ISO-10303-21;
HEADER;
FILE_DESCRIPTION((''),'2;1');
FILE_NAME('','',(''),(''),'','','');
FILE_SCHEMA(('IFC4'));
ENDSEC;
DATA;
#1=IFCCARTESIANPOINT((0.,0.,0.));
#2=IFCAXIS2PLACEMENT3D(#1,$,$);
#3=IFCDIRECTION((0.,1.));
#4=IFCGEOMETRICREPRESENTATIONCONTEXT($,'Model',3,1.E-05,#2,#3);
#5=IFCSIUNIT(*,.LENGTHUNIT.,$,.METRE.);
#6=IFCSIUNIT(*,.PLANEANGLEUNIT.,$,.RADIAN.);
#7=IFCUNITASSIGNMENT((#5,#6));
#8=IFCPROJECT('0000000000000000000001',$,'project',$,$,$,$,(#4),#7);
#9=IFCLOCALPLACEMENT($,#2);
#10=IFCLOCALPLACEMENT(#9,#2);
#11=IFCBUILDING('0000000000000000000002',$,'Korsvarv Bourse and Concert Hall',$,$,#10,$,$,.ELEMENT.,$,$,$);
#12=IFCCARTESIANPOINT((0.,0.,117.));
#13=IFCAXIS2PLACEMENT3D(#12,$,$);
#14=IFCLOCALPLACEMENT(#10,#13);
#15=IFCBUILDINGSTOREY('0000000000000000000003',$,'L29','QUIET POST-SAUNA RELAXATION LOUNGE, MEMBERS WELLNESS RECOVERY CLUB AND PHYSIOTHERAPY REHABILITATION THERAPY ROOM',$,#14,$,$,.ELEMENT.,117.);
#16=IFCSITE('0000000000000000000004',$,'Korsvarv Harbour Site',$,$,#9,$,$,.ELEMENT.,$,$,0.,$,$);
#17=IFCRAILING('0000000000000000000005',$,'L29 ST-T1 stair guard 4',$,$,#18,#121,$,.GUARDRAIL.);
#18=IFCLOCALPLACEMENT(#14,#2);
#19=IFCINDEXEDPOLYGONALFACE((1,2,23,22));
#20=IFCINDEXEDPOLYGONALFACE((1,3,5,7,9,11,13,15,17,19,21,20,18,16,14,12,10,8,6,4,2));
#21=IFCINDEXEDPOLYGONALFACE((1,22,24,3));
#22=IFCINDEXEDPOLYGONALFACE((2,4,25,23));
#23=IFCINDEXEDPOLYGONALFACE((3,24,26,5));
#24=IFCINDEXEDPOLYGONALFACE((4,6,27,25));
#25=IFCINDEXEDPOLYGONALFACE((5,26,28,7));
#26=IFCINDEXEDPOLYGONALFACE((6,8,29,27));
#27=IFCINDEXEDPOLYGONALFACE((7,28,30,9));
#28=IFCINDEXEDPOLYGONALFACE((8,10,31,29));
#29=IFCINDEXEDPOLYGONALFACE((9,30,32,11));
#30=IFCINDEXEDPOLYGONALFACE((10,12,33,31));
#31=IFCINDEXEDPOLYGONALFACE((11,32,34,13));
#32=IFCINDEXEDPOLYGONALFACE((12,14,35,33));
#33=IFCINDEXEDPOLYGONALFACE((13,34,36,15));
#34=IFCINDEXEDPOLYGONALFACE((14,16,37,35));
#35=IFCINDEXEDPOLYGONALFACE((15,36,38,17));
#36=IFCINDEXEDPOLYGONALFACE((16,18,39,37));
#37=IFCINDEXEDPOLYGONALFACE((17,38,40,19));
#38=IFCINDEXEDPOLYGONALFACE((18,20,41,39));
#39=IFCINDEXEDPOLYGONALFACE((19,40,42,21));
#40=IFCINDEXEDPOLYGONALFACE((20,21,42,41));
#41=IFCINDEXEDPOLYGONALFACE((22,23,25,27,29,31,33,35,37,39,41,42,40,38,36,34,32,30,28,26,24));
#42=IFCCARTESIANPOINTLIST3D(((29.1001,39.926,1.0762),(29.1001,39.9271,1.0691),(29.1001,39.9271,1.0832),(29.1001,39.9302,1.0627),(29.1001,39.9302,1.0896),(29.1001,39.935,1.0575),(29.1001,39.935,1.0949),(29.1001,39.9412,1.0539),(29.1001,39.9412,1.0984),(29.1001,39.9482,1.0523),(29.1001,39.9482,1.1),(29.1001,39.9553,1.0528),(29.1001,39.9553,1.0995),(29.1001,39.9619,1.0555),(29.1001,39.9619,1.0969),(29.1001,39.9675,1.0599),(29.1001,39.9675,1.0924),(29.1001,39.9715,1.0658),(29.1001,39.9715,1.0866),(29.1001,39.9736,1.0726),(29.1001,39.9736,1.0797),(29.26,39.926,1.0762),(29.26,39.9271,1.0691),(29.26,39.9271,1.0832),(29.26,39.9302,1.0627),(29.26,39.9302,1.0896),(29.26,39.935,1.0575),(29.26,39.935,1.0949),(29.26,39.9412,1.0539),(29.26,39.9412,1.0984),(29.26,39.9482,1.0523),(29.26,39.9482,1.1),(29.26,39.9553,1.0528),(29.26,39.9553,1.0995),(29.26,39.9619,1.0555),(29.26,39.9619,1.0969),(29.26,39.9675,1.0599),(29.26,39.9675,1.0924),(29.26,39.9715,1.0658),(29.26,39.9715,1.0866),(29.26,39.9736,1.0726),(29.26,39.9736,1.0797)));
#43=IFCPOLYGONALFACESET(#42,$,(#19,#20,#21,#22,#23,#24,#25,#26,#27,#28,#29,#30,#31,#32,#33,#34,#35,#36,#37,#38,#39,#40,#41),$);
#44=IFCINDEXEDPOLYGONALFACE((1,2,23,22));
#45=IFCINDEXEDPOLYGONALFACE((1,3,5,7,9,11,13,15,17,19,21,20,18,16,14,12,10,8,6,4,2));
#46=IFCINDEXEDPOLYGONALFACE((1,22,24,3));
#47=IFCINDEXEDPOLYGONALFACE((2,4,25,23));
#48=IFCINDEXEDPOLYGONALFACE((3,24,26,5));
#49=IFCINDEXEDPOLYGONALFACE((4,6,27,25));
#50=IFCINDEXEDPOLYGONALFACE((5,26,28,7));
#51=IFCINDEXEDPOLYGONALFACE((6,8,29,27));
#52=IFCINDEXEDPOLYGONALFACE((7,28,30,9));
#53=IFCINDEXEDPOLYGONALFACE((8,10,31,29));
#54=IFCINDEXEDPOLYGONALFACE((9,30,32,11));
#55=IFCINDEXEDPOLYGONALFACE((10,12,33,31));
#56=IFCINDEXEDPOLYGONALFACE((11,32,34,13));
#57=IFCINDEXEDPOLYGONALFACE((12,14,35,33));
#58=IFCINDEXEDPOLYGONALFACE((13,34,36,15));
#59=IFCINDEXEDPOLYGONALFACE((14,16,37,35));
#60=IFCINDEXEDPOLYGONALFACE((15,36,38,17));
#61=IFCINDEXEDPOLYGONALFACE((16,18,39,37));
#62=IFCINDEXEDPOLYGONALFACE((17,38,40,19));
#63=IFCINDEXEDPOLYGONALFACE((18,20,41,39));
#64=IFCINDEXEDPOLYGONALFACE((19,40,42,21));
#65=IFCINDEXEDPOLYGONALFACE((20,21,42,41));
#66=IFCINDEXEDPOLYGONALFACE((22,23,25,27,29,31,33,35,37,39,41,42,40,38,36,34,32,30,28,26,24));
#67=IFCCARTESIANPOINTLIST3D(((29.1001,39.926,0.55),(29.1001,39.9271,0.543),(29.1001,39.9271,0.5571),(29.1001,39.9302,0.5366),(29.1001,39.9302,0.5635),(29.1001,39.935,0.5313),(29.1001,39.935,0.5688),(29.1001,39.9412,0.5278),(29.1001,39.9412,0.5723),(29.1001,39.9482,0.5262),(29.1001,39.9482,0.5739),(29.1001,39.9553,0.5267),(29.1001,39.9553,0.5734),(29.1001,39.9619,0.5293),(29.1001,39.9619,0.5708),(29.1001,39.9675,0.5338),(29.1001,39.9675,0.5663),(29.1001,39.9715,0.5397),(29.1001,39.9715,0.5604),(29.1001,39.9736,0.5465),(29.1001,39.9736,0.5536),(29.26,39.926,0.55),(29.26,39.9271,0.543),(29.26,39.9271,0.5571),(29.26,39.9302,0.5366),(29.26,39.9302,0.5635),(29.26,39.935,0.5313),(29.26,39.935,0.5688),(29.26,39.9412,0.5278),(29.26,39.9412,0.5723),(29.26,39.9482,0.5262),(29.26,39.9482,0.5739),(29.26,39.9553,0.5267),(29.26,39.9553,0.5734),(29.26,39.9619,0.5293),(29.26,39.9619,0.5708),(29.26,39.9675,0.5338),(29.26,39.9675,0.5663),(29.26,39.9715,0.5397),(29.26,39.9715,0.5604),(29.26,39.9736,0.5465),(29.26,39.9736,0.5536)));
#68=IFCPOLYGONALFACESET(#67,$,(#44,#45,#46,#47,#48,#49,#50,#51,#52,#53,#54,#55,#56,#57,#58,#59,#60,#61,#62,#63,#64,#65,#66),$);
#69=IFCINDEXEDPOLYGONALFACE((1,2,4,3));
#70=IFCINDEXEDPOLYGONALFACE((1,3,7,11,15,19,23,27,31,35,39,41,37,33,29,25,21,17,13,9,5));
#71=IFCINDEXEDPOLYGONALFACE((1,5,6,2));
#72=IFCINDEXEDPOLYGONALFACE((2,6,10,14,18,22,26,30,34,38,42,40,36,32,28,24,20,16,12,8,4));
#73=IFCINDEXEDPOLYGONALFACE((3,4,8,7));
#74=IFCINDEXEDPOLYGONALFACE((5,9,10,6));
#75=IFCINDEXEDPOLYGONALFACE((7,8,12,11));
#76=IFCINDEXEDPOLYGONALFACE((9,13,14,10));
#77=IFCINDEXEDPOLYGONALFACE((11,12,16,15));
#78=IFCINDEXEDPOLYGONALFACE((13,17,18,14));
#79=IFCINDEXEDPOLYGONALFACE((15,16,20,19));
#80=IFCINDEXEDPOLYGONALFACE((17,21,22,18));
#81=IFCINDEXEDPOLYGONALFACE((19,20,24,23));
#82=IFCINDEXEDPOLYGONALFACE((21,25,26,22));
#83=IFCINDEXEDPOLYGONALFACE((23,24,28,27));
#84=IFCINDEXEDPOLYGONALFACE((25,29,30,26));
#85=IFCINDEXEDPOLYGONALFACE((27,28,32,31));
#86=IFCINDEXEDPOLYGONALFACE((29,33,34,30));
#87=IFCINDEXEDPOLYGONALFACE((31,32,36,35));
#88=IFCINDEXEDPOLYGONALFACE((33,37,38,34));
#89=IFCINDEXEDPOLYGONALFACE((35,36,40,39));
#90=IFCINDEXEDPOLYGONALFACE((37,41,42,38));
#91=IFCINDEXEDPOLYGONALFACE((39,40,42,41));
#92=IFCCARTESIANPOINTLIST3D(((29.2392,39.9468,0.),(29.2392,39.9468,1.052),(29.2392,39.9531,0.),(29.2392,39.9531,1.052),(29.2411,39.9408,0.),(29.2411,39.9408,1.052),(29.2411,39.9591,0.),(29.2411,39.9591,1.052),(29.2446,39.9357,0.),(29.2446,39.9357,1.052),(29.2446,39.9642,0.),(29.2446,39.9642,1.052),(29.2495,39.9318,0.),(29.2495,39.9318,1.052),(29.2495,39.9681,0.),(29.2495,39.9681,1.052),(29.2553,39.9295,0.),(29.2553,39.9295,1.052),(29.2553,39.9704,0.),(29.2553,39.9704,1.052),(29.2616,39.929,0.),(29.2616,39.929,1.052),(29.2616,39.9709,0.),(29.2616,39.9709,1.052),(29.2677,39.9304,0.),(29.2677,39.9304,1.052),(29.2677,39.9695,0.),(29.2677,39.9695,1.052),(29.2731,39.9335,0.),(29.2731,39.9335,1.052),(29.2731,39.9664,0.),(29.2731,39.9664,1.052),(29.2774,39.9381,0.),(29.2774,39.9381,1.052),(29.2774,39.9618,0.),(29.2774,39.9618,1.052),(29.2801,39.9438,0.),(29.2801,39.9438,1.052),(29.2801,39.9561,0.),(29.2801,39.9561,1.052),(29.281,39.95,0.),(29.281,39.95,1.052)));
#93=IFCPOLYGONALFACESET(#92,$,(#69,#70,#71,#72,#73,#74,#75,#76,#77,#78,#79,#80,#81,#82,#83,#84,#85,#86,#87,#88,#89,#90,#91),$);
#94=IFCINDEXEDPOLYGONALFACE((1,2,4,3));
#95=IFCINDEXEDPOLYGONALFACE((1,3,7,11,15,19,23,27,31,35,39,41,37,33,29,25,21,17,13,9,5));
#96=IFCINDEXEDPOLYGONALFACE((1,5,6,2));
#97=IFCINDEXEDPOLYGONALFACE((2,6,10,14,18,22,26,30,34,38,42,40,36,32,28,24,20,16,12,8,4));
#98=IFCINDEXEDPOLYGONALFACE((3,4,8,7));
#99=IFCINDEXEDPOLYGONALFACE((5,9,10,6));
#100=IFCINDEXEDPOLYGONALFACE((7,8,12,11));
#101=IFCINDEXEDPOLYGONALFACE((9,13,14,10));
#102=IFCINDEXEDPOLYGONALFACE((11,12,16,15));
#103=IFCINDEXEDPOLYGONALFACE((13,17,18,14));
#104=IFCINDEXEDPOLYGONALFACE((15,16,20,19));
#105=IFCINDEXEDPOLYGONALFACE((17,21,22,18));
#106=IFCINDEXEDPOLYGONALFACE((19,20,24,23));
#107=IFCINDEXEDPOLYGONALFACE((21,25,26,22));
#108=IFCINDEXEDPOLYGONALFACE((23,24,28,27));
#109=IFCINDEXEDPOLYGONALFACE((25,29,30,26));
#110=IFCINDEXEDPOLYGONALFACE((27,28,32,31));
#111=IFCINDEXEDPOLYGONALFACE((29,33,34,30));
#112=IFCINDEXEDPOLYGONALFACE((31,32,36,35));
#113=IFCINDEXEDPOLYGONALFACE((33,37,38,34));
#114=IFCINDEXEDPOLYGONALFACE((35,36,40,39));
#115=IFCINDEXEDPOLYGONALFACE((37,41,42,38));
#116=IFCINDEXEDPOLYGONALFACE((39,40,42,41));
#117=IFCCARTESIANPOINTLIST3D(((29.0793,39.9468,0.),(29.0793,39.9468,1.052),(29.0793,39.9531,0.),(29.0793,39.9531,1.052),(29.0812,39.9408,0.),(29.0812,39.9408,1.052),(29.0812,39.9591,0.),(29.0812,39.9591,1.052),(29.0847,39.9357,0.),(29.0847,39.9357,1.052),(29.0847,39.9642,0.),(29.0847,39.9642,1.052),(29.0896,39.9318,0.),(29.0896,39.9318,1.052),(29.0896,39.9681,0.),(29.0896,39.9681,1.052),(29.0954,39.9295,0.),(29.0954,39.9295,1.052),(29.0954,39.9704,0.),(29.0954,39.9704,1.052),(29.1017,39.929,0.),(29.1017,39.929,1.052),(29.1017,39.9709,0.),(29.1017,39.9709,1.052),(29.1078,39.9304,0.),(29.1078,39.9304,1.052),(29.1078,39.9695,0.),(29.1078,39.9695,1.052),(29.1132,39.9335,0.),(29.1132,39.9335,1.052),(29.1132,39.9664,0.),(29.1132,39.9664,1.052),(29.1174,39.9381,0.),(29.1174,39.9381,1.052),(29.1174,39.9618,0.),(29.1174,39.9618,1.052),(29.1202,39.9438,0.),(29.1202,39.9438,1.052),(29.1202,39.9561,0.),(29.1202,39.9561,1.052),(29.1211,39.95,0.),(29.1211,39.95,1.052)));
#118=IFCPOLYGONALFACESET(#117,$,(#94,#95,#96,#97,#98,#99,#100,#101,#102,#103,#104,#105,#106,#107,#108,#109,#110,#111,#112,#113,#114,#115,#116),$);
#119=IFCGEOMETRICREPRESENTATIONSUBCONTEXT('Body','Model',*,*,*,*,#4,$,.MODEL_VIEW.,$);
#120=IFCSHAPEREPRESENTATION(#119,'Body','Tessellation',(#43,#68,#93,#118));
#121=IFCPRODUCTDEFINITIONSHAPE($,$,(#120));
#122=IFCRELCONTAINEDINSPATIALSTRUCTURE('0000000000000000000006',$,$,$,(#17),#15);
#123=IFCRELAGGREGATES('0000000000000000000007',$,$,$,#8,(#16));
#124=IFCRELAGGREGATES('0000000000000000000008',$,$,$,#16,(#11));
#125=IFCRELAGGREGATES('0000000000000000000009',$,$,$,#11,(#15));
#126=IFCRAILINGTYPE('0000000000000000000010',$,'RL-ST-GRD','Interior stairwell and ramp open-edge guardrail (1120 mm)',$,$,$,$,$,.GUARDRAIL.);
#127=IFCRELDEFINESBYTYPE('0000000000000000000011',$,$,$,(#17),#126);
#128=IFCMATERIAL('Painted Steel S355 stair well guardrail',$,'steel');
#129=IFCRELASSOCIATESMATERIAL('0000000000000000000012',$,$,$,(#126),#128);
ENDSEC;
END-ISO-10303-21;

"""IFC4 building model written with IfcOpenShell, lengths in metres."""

from ifc_helpers import new_model, si_unit, direction, frame, origin, origin_2d, place, context, subcontext, project, spatial, circle, extrude, material, type_object, element, save


model = new_model("IFC4")

# Units and contexts
model_context = context("Model", 3, precision=1e-05, world=origin(), true_north=direction((0.0, 1.0)))
body_context = subcontext(model_context, "Body", "Model", "MODEL_VIEW")
ifc_project = project(units=[si_unit("LENGTHUNIT", "METRE"), si_unit("PLANEANGLEUNIT", "RADIAN")], contexts=[model_context])

# Site, building, storey
site_placement = place(None, origin())
site = spatial("IfcSite", under=ifc_project, at=site_placement, Name="Korsvarv Harbour Site", CompositionType="ELEMENT", RefElevation=0.0)
building_placement = place(site_placement, origin())
building = spatial("IfcBuilding", under=site, at=building_placement, Name="Korsvarv Bourse and Concert Hall", CompositionType="ELEMENT")
storey_placement = place(building_placement, frame((0.0, 0.0, 117.0)))
storey = spatial("IfcBuildingStorey", under=building, at=storey_placement, Name="L29", Description="QUIET POST-SAUNA RELAXATION LOUNGE, MEMBERS WELLNESS RECOVERY CLUB AND PHYSIOTHERAPY REHABILITATION THERAPY ROOM", CompositionType="ELEMENT", Elevation=117.0)

# Railing
ifc_material_1 = material(Name="Painted Steel S355 stair well guardrail", Category="steel")
railing_type_1 = type_object("IfcRailingType", Name="RL-ST-GRD", Description="Interior stairwell and ramp open-edge guardrail (1120 mm)", PredefinedType="GUARDRAIL", material=ifc_material_1)
railing_1_placement = place(storey_placement, frame((29.26, 39.95, 0.0)))
element("IfcRailing", 1, at=railing_1_placement, inside=storey, type_object=railing_type_1, Name="L29 ST-T1 stair guard 4", PredefinedType="GUARDRAIL", context=body_context, shape_type="SweptSolid", body=[
    extrude(circle(Radius=0.0239, at=origin_2d()), frame((0.0, 0.0, 1.0762), z_axis=(-1.0, 0.0, 0.0), x_axis=(0.0, -1.0, 0.0)), (0.0, 0.0, 1.0), 0.1599),
    extrude(circle(Radius=0.0239, at=origin_2d()), frame((0.0, 0.0, 0.55), z_axis=(-1.0, 0.0, 0.0), x_axis=(0.0, -1.0, 0.0)), (0.0, 0.0, 1.0), 0.1599),
    extrude(circle(Radius=0.021, at=origin_2d()), origin(), (0.0, 0.0, 1.0), 1.052),
    extrude(circle(Radius=0.021, at=origin_2d()), frame((-0.1599, 0.0, 0.0)), (0.0, 0.0, 1.0), 1.052),
])

save(model, "model.ifc")
